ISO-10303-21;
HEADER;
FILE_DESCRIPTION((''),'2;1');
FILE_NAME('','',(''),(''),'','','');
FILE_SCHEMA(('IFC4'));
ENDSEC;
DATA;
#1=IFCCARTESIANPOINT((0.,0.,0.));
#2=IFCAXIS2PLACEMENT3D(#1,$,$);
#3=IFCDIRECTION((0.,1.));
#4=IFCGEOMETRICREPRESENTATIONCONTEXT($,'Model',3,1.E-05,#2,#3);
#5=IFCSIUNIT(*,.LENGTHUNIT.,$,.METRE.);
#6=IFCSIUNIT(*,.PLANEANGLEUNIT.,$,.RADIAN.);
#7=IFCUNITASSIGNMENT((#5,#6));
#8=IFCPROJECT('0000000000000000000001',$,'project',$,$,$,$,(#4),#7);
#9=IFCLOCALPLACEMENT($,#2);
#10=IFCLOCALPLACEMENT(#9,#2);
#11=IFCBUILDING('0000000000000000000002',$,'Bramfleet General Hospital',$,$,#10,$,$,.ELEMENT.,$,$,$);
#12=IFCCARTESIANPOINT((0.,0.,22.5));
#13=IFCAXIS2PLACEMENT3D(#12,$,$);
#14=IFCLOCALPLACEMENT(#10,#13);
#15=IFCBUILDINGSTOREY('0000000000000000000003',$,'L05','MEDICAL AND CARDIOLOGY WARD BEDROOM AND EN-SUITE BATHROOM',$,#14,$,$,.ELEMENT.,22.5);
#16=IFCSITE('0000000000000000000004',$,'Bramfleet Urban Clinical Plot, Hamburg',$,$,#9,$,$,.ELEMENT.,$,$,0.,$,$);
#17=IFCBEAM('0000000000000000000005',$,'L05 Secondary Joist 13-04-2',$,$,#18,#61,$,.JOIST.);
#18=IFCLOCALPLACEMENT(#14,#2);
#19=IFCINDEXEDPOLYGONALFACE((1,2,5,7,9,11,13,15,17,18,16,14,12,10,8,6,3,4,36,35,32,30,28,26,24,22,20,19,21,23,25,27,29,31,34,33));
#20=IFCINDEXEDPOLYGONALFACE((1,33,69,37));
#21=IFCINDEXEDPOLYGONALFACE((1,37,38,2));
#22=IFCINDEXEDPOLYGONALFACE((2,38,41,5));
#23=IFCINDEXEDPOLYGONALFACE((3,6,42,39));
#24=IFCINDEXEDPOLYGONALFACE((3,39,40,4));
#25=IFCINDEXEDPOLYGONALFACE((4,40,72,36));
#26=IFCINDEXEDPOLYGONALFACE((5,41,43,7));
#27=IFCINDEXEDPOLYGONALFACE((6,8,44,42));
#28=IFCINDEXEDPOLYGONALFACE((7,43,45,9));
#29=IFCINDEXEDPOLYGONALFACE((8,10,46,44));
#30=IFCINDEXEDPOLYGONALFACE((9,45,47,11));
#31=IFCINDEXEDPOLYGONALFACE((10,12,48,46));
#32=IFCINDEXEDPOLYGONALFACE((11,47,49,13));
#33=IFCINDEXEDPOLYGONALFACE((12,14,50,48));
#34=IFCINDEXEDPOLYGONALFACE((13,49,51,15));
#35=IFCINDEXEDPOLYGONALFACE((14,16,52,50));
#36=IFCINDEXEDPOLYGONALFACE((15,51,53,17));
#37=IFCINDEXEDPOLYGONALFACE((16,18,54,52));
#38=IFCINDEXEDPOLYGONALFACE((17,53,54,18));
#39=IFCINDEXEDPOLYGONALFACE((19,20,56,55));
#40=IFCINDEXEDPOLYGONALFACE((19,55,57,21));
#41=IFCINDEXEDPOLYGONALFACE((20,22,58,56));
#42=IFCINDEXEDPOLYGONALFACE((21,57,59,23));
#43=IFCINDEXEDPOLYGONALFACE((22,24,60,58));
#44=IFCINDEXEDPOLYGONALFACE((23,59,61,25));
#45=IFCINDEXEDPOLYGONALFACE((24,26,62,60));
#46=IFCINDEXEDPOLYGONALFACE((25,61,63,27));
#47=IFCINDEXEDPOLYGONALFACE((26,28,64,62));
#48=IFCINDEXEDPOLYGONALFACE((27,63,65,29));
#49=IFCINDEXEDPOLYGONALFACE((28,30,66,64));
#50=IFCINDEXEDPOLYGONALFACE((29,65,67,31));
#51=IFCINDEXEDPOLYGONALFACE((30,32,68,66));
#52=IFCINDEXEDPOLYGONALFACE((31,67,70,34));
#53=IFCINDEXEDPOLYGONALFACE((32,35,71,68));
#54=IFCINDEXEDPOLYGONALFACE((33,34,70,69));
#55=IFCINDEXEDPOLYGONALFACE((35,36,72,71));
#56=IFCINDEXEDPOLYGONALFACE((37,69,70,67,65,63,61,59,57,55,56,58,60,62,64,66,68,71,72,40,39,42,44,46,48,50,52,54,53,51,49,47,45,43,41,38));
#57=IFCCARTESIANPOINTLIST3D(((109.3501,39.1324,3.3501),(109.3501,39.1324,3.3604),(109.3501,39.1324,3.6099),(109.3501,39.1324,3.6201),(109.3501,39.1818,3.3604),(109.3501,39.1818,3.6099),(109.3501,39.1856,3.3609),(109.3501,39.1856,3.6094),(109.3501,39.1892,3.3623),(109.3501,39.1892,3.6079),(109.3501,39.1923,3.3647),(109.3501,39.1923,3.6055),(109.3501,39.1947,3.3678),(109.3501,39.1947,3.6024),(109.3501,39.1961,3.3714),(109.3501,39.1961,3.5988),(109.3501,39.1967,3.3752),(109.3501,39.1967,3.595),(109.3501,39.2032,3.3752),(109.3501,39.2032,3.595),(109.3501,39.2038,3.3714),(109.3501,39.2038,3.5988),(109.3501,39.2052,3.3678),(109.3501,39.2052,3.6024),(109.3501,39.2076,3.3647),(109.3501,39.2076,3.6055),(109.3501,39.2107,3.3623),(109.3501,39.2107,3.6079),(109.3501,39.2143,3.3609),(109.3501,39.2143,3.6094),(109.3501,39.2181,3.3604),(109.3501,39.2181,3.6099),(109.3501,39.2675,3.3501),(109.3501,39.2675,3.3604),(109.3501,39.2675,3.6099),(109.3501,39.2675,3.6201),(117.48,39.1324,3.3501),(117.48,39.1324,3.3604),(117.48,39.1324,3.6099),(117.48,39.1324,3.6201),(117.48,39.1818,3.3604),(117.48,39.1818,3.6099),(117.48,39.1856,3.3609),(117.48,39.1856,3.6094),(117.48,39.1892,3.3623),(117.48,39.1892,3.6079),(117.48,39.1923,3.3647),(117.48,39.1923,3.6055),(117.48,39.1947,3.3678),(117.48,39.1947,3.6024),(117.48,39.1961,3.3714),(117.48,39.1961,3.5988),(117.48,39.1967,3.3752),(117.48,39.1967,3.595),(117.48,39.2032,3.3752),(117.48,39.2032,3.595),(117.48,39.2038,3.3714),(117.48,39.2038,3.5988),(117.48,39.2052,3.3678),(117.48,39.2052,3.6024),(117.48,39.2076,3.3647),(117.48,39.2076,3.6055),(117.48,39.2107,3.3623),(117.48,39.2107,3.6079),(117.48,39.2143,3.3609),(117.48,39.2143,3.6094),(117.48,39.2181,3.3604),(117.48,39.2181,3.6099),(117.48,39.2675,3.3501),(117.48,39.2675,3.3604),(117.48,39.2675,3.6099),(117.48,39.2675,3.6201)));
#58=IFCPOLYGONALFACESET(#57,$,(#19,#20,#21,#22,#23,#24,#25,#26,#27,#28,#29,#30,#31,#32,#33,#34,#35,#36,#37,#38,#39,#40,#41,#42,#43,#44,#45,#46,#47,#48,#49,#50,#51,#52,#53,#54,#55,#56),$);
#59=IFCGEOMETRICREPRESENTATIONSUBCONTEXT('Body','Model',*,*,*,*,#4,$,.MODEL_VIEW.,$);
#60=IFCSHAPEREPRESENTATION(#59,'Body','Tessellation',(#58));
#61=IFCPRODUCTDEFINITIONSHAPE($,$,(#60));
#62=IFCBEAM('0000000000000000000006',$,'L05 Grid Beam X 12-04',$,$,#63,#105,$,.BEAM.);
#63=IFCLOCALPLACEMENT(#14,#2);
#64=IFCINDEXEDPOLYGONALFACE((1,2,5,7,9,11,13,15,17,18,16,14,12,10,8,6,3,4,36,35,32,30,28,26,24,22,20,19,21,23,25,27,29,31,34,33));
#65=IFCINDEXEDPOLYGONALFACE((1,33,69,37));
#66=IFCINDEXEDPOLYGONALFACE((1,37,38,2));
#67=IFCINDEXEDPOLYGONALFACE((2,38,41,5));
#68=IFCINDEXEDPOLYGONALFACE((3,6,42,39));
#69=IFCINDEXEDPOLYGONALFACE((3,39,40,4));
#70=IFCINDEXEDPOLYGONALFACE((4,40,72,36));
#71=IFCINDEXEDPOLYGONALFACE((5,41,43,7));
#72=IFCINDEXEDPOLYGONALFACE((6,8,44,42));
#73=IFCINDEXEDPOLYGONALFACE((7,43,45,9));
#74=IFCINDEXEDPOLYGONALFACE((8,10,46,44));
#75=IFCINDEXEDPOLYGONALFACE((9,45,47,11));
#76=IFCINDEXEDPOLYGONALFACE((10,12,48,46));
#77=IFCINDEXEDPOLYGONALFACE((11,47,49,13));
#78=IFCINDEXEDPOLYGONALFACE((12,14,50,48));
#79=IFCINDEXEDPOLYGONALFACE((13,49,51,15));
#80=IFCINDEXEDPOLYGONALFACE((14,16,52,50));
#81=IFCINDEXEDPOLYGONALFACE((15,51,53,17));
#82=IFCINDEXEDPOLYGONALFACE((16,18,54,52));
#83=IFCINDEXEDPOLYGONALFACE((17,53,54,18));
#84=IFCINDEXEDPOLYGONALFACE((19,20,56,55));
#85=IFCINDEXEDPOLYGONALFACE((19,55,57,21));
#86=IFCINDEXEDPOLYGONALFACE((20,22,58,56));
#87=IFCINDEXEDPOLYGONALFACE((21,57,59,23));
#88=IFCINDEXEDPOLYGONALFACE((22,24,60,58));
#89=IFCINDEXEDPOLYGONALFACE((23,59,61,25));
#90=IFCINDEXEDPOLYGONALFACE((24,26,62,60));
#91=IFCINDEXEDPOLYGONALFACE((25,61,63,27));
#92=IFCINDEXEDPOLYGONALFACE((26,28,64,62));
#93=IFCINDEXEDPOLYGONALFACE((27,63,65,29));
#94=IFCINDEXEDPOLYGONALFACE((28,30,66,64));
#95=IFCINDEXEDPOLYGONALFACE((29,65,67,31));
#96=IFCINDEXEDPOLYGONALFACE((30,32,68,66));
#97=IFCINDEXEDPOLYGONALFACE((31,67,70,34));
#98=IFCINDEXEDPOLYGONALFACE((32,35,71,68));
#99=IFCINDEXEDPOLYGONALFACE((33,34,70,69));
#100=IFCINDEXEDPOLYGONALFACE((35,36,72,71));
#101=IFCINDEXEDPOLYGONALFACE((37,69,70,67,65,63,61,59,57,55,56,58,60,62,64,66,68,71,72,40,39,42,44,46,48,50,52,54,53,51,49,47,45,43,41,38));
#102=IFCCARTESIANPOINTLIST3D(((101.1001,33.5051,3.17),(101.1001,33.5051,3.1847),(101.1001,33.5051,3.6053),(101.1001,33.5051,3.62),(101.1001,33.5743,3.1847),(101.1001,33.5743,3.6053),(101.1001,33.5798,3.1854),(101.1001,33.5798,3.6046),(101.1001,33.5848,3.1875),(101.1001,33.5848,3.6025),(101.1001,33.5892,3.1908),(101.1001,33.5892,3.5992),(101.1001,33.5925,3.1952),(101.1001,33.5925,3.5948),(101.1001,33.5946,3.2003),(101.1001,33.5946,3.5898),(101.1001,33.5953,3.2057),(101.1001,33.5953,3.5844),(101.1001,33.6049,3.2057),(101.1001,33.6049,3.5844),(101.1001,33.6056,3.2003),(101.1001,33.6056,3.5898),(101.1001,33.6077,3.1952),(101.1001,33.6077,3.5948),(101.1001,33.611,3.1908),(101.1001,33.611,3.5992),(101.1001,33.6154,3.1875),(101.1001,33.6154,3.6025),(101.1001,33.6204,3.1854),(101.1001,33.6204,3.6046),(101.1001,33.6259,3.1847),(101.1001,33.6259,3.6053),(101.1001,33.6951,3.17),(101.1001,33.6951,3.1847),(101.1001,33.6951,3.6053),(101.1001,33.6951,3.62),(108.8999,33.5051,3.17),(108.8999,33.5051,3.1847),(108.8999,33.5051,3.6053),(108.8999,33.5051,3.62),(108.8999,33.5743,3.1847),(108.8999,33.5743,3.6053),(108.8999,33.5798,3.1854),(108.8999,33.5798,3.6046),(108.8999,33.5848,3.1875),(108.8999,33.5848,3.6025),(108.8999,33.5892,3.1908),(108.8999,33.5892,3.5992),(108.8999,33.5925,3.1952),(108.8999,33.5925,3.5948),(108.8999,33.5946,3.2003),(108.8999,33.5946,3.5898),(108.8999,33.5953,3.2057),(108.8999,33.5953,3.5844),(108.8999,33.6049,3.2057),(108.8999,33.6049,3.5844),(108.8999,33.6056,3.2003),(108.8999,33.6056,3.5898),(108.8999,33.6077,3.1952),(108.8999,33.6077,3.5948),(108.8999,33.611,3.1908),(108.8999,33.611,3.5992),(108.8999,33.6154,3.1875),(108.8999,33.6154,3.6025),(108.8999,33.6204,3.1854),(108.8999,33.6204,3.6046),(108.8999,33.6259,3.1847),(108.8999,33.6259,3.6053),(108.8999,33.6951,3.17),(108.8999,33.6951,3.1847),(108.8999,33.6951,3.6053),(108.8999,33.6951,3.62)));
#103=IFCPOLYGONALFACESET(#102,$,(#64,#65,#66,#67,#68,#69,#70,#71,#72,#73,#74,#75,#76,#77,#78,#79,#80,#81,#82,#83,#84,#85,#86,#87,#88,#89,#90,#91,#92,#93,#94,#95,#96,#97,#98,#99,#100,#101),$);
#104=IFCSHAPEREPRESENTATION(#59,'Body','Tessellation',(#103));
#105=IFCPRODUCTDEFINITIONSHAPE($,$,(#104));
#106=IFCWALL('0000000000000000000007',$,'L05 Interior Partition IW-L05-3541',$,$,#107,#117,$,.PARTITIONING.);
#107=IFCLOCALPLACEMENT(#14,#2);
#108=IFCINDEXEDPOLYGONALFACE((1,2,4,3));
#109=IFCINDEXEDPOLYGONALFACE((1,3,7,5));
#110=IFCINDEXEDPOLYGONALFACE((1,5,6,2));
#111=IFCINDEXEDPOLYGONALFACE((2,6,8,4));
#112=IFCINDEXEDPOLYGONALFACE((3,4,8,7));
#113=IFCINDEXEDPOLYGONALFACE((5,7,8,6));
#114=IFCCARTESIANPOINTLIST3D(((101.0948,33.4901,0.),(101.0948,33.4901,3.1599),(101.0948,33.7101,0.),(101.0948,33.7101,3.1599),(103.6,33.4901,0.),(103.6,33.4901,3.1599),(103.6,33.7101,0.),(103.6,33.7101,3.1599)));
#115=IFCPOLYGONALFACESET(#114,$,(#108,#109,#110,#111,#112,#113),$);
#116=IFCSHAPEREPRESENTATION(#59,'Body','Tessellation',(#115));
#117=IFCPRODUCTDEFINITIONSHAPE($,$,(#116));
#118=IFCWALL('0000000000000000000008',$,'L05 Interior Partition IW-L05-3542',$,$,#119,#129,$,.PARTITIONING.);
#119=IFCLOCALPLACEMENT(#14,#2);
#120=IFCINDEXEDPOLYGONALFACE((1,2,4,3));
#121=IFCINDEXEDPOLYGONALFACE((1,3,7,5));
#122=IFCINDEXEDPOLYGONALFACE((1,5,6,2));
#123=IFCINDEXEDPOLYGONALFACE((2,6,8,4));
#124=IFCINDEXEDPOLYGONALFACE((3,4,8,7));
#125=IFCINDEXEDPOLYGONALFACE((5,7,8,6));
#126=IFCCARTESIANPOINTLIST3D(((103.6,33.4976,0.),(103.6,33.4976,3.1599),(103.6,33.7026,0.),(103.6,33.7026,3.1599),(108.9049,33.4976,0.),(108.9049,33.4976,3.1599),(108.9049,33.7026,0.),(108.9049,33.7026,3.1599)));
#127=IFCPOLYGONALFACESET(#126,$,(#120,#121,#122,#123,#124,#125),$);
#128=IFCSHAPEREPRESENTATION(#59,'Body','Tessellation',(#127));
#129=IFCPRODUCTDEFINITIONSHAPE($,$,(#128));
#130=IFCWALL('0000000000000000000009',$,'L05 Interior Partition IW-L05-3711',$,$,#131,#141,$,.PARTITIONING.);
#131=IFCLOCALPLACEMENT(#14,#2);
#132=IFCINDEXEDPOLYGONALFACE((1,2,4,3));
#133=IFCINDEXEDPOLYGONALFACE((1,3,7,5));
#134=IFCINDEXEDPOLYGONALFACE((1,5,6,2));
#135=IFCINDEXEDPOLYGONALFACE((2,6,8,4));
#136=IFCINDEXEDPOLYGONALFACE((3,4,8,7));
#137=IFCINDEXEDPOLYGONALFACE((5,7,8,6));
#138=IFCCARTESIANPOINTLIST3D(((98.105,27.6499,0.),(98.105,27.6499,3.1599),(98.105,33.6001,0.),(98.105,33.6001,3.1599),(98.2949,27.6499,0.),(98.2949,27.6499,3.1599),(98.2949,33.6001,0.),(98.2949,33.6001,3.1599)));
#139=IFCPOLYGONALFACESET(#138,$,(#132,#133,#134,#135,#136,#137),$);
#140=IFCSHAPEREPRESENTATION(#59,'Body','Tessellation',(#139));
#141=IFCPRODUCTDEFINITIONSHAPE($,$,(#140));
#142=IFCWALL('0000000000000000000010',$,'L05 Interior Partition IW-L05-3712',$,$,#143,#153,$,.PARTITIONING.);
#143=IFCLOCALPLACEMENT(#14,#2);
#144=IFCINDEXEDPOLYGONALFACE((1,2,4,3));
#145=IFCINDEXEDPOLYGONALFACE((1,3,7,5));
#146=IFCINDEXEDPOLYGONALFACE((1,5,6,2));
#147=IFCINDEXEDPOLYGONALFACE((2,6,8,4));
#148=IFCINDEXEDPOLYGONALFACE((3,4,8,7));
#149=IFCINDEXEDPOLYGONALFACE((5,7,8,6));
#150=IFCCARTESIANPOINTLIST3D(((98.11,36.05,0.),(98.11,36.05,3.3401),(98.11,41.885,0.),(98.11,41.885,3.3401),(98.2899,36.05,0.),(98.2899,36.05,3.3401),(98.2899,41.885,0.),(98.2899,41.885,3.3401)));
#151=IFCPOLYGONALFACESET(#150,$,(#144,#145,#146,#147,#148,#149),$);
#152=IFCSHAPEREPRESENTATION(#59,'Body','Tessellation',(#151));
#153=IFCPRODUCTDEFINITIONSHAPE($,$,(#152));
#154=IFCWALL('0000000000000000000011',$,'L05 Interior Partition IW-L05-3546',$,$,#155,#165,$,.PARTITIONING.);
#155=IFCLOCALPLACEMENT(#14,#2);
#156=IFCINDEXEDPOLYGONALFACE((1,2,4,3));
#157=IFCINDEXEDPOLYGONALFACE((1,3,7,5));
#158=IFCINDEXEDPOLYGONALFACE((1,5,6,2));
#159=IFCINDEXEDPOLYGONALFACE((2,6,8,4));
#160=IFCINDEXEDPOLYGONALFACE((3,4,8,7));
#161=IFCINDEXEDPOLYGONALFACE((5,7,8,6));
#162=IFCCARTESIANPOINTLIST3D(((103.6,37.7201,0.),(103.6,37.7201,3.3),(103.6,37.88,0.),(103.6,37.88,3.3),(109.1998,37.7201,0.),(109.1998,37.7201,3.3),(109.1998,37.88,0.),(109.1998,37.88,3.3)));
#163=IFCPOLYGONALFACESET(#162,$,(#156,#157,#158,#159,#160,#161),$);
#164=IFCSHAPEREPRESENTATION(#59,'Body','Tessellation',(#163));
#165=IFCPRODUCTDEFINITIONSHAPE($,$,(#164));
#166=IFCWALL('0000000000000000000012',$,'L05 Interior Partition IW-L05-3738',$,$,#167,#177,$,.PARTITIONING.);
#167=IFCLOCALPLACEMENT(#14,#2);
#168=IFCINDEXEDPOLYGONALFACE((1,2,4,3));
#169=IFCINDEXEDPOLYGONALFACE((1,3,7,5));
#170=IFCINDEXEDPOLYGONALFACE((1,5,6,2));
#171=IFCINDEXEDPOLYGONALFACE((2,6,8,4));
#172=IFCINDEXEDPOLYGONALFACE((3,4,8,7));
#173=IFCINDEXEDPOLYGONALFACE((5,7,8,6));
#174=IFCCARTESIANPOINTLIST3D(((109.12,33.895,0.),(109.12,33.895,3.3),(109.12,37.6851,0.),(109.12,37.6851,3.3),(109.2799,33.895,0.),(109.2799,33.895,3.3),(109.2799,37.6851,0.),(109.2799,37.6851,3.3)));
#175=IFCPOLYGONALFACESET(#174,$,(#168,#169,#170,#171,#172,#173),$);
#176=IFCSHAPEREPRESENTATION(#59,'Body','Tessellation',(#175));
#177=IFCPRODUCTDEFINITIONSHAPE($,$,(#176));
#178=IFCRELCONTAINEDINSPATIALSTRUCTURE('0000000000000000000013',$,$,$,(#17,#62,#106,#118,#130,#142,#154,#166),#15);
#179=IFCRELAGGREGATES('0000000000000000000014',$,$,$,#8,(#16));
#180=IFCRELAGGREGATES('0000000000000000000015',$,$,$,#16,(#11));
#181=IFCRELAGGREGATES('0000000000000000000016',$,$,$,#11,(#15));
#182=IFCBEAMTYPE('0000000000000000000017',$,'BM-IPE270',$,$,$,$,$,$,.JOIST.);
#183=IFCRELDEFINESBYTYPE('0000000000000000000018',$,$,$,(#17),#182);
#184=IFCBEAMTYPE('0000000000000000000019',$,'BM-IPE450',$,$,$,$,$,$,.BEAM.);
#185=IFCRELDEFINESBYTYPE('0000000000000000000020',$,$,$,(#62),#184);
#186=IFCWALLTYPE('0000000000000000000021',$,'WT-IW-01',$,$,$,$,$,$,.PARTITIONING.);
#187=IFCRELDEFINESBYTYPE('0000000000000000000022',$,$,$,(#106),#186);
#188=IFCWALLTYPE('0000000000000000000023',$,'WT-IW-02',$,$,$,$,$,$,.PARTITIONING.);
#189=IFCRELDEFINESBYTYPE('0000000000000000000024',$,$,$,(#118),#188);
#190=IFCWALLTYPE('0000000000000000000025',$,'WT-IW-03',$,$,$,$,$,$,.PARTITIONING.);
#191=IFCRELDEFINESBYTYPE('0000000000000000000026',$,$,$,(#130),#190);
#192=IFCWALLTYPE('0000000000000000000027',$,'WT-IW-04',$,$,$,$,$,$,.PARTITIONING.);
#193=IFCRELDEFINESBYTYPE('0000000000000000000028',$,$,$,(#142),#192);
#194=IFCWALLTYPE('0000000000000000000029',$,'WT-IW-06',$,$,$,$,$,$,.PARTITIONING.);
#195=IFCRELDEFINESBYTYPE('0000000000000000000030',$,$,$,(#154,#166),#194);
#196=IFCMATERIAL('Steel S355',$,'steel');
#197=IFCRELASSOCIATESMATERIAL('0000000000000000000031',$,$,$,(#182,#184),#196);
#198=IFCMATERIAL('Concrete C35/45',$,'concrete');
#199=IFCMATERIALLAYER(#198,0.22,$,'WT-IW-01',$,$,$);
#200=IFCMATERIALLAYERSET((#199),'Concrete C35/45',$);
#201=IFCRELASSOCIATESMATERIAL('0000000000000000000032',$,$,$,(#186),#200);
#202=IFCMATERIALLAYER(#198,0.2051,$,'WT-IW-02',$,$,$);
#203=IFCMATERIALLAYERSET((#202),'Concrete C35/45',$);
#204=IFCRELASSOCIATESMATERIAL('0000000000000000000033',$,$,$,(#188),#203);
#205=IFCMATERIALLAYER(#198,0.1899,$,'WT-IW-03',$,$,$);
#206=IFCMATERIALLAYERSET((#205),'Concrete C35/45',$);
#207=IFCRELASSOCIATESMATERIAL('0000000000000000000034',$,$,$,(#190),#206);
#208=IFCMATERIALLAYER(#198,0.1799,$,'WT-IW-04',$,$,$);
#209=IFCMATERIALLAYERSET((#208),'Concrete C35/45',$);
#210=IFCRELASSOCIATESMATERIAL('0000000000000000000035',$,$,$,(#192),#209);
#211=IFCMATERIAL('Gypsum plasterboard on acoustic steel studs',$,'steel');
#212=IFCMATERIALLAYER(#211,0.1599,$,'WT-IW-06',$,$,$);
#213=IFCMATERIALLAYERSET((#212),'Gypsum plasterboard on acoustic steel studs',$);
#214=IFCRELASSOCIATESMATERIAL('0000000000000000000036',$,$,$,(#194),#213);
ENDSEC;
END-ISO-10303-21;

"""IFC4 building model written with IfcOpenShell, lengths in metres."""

from ifc_helpers import new_model, si_unit, direction, frame, frame_2d, origin, origin_2d, place, context, subcontext, project, spatial, rectangle, i_section, extrude, material, layer, layer_set, material_profile, profile_set, type_object, element, save


model = new_model("IFC4")

# Units and contexts
model_context = context("Model", 3, precision=1e-05, world=origin(), true_north=direction((0.0, 1.0)))
body_context = subcontext(model_context, "Body", "Model", "MODEL_VIEW")
ifc_project = project(units=[si_unit("LENGTHUNIT", "METRE"), si_unit("PLANEANGLEUNIT", "RADIAN")], contexts=[model_context])

# Site, building, storey
site_placement = place(None, origin())
site = spatial("IfcSite", under=ifc_project, at=site_placement, Name="Bramfleet Urban Clinical Plot, Hamburg", CompositionType="ELEMENT", RefElevation=0.0)
building_placement = place(site_placement, origin())
building = spatial("IfcBuilding", under=site, at=building_placement, Name="Bramfleet General Hospital", CompositionType="ELEMENT")
storey_placement = place(building_placement, frame((0.0, 0.0, 22.5)))
storey = spatial("IfcBuildingStorey", under=building, at=storey_placement, Name="L05", Description="MEDICAL AND CARDIOLOGY WARD BEDROOM AND EN-SUITE BATHROOM", CompositionType="ELEMENT", Elevation=22.5)

# Beams
ifc_material_1 = material(Name="Steel S355", Category="steel")
ifc_material_profile_1 = material_profile(ifc_material_1, i_section(OverallWidth=0.135, OverallDepth=0.27, WebThickness=0.0066, FlangeThickness=0.0103, FilletRadius=0.0149, at=origin_2d()), Name="IPE 270")
ifc_profile_set_1 = profile_set([ifc_material_profile_1], Name="Steel S355")
beam_type_1 = type_object("IfcBeamType", Name="BM-IPE270", PredefinedType="JOIST", material=ifc_profile_set_1)
for number, where, z_axis, x_axis, name in (
    (1, (109.3501, 39.2, 3.4851), (1.0, 0.0, 0.0), (0.0, 1.0, 0.0), "L05 Secondary Joist 13-04-2"),
):
    element("IfcBeam", number, at=place(storey_placement, frame(where, z_axis=z_axis, x_axis=x_axis)), inside=storey, type_object=beam_type_1, Name=name, PredefinedType="JOIST", context=body_context, shape_type="SweptSolid", body=[
        extrude(i_section(OverallWidth=0.135, OverallDepth=0.27, WebThickness=0.0066, FlangeThickness=0.0103, FilletRadius=0.0149, at=origin_2d()), origin(), (0.0, 0.0, 1.0), 8.1299),
    ])
ifc_material_profile_2 = material_profile(ifc_material_1, i_section(OverallWidth=0.1899, OverallDepth=0.45, WebThickness=0.0095, FlangeThickness=0.0146, FilletRadius=0.021, at=origin_2d()), Name="IPE 450")
ifc_profile_set_2 = profile_set([ifc_material_profile_2], Name="Steel S355")
beam_type_2 = type_object("IfcBeamType", Name="BM-IPE450", PredefinedType="BEAM", material=ifc_profile_set_2)
beam_placement = place(storey_placement, frame((101.1001, 33.6001, 3.395), z_axis=(1.0, 0.0, 0.0), x_axis=(0.0, 1.0, 0.0)))
element("IfcBeam", 2, at=beam_placement, inside=storey, type_object=beam_type_2, Name="L05 Grid Beam X 12-04", PredefinedType="BEAM", context=body_context, shape_type="SweptSolid", body=[
    extrude(i_section(OverallWidth=0.1899, OverallDepth=0.45, WebThickness=0.0095, FlangeThickness=0.0146, FilletRadius=0.021, at=origin_2d()), origin(), (0.0, 0.0, 1.0), 7.7998),
])

# Walls
ifc_material_2 = material(Name="Concrete C35/45", Category="concrete")
ifc_layer_1 = layer(ifc_material_2, 0.22, Name="WT-IW-01")
ifc_layer_set_1 = layer_set([ifc_layer_1], Name="Concrete C35/45")
wall_type_1 = type_object("IfcWallType", Name="WT-IW-01", PredefinedType="PARTITIONING", material=ifc_layer_set_1)
wall_1_placement = place(storey_placement, frame((101.095, 33.6001, 0.0), z_axis=(0.0, 0.0, 1.0), x_axis=(1.0, 0.0, 0.0)))
element("IfcWall", 3, at=wall_1_placement, inside=storey, type_object=wall_type_1, Name="L05 Interior Partition IW-L05-3541", PredefinedType="PARTITIONING", context=body_context, shape_type="SweptSolid", body=[
    extrude(rectangle(XDim=2.5051, YDim=0.22, at=frame_2d((1.2524, 0.0))), origin(), (0.0, 0.0, 1.0), 3.1599),
])
ifc_layer_2 = layer(ifc_material_2, 0.2051, Name="WT-IW-02")
ifc_layer_set_2 = layer_set([ifc_layer_2], Name="Concrete C35/45")
wall_type_2 = type_object("IfcWallType", Name="WT-IW-02", PredefinedType="PARTITIONING", material=ifc_layer_set_2)
wall_2_placement = place(storey_placement, frame((103.6001, 33.6001, 0.0), z_axis=(0.0, 0.0, 1.0), x_axis=(1.0, 0.0, 0.0)))
element("IfcWall", 4, at=wall_2_placement, inside=storey, type_object=wall_type_2, Name="L05 Interior Partition IW-L05-3542", PredefinedType="PARTITIONING", context=body_context, shape_type="SweptSolid", body=[
    extrude(rectangle(XDim=5.3049, YDim=0.2051, at=frame_2d((2.6523, 0.0))), origin(), (0.0, 0.0, 1.0), 3.1599),
])
ifc_layer_3 = layer(ifc_material_2, 0.1899, Name="WT-IW-03")
ifc_layer_set_3 = layer_set([ifc_layer_3], Name="Concrete C35/45")
wall_type_3 = type_object("IfcWallType", Name="WT-IW-03", PredefinedType="PARTITIONING", material=ifc_layer_set_3)
wall_3_placement = place(storey_placement, frame((98.2, 27.6499, 0.0), z_axis=(0.0, 0.0, 1.0), x_axis=(0.0, 1.0, 0.0)))
element("IfcWall", 5, at=wall_3_placement, inside=storey, type_object=wall_type_3, Name="L05 Interior Partition IW-L05-3711", PredefinedType="PARTITIONING", context=body_context, shape_type="SweptSolid", body=[
    extrude(rectangle(XDim=5.9502, YDim=0.1899, at=frame_2d((2.9751, 0.0))), origin(), (0.0, 0.0, 1.0), 3.1599),
])
ifc_layer_4 = layer(ifc_material_2, 0.1799, Name="WT-IW-04")
ifc_layer_set_4 = layer_set([ifc_layer_4], Name="Concrete C35/45")
wall_type_4 = type_object("IfcWallType", Name="WT-IW-04", PredefinedType="PARTITIONING", material=ifc_layer_set_4)
wall_4_placement = place(storey_placement, frame((98.2, 36.05, 0.0), z_axis=(0.0, 0.0, 1.0), x_axis=(0.0, 1.0, 0.0)))
element("IfcWall", 6, at=wall_4_placement, inside=storey, type_object=wall_type_4, Name="L05 Interior Partition IW-L05-3712", PredefinedType="PARTITIONING", context=body_context, shape_type="SweptSolid", body=[
    extrude(rectangle(XDim=5.835, YDim=0.1799, at=frame_2d((2.9175, 0.0))), origin(), (0.0, 0.0, 1.0), 3.3401),
])
ifc_material_3 = material(Name="Gypsum plasterboard on acoustic steel studs", Category="steel")
ifc_layer_5 = layer(ifc_material_3, 0.1599, Name="WT-IW-06")
ifc_layer_set_5 = layer_set([ifc_layer_5], Name="Gypsum plasterboard on acoustic steel studs")
wall_type_5 = type_object("IfcWallType", Name="WT-IW-06", PredefinedType="PARTITIONING", material=ifc_layer_set_5)
wall_5_placement = place(storey_placement, frame((103.6001, 37.8, 0.0), z_axis=(0.0, 0.0, 1.0), x_axis=(1.0, 0.0, 0.0)))
element("IfcWall", 7, at=wall_5_placement, inside=storey, type_object=wall_type_5, Name="L05 Interior Partition IW-L05-3546", PredefinedType="PARTITIONING", context=body_context, shape_type="SweptSolid", body=[
    extrude(rectangle(XDim=5.5999, YDim=0.1599, at=frame_2d((2.7998, 0.0))), origin(), (0.0, 0.0, 1.0), 3.3),
])
wall_6_placement = place(storey_placement, frame((109.2, 33.895, 0.0), z_axis=(0.0, 0.0, 1.0), x_axis=(0.0, 1.0, 0.0)))
element("IfcWall", 8, at=wall_6_placement, inside=storey, type_object=wall_type_5, Name="L05 Interior Partition IW-L05-3738", PredefinedType="PARTITIONING", context=body_context, shape_type="SweptSolid", body=[
    extrude(rectangle(XDim=3.79, YDim=0.1599, at=frame_2d((1.895, 0.0))), origin(), (0.0, 0.0, 1.0), 3.3),
])

save(model, "model.ifc")
